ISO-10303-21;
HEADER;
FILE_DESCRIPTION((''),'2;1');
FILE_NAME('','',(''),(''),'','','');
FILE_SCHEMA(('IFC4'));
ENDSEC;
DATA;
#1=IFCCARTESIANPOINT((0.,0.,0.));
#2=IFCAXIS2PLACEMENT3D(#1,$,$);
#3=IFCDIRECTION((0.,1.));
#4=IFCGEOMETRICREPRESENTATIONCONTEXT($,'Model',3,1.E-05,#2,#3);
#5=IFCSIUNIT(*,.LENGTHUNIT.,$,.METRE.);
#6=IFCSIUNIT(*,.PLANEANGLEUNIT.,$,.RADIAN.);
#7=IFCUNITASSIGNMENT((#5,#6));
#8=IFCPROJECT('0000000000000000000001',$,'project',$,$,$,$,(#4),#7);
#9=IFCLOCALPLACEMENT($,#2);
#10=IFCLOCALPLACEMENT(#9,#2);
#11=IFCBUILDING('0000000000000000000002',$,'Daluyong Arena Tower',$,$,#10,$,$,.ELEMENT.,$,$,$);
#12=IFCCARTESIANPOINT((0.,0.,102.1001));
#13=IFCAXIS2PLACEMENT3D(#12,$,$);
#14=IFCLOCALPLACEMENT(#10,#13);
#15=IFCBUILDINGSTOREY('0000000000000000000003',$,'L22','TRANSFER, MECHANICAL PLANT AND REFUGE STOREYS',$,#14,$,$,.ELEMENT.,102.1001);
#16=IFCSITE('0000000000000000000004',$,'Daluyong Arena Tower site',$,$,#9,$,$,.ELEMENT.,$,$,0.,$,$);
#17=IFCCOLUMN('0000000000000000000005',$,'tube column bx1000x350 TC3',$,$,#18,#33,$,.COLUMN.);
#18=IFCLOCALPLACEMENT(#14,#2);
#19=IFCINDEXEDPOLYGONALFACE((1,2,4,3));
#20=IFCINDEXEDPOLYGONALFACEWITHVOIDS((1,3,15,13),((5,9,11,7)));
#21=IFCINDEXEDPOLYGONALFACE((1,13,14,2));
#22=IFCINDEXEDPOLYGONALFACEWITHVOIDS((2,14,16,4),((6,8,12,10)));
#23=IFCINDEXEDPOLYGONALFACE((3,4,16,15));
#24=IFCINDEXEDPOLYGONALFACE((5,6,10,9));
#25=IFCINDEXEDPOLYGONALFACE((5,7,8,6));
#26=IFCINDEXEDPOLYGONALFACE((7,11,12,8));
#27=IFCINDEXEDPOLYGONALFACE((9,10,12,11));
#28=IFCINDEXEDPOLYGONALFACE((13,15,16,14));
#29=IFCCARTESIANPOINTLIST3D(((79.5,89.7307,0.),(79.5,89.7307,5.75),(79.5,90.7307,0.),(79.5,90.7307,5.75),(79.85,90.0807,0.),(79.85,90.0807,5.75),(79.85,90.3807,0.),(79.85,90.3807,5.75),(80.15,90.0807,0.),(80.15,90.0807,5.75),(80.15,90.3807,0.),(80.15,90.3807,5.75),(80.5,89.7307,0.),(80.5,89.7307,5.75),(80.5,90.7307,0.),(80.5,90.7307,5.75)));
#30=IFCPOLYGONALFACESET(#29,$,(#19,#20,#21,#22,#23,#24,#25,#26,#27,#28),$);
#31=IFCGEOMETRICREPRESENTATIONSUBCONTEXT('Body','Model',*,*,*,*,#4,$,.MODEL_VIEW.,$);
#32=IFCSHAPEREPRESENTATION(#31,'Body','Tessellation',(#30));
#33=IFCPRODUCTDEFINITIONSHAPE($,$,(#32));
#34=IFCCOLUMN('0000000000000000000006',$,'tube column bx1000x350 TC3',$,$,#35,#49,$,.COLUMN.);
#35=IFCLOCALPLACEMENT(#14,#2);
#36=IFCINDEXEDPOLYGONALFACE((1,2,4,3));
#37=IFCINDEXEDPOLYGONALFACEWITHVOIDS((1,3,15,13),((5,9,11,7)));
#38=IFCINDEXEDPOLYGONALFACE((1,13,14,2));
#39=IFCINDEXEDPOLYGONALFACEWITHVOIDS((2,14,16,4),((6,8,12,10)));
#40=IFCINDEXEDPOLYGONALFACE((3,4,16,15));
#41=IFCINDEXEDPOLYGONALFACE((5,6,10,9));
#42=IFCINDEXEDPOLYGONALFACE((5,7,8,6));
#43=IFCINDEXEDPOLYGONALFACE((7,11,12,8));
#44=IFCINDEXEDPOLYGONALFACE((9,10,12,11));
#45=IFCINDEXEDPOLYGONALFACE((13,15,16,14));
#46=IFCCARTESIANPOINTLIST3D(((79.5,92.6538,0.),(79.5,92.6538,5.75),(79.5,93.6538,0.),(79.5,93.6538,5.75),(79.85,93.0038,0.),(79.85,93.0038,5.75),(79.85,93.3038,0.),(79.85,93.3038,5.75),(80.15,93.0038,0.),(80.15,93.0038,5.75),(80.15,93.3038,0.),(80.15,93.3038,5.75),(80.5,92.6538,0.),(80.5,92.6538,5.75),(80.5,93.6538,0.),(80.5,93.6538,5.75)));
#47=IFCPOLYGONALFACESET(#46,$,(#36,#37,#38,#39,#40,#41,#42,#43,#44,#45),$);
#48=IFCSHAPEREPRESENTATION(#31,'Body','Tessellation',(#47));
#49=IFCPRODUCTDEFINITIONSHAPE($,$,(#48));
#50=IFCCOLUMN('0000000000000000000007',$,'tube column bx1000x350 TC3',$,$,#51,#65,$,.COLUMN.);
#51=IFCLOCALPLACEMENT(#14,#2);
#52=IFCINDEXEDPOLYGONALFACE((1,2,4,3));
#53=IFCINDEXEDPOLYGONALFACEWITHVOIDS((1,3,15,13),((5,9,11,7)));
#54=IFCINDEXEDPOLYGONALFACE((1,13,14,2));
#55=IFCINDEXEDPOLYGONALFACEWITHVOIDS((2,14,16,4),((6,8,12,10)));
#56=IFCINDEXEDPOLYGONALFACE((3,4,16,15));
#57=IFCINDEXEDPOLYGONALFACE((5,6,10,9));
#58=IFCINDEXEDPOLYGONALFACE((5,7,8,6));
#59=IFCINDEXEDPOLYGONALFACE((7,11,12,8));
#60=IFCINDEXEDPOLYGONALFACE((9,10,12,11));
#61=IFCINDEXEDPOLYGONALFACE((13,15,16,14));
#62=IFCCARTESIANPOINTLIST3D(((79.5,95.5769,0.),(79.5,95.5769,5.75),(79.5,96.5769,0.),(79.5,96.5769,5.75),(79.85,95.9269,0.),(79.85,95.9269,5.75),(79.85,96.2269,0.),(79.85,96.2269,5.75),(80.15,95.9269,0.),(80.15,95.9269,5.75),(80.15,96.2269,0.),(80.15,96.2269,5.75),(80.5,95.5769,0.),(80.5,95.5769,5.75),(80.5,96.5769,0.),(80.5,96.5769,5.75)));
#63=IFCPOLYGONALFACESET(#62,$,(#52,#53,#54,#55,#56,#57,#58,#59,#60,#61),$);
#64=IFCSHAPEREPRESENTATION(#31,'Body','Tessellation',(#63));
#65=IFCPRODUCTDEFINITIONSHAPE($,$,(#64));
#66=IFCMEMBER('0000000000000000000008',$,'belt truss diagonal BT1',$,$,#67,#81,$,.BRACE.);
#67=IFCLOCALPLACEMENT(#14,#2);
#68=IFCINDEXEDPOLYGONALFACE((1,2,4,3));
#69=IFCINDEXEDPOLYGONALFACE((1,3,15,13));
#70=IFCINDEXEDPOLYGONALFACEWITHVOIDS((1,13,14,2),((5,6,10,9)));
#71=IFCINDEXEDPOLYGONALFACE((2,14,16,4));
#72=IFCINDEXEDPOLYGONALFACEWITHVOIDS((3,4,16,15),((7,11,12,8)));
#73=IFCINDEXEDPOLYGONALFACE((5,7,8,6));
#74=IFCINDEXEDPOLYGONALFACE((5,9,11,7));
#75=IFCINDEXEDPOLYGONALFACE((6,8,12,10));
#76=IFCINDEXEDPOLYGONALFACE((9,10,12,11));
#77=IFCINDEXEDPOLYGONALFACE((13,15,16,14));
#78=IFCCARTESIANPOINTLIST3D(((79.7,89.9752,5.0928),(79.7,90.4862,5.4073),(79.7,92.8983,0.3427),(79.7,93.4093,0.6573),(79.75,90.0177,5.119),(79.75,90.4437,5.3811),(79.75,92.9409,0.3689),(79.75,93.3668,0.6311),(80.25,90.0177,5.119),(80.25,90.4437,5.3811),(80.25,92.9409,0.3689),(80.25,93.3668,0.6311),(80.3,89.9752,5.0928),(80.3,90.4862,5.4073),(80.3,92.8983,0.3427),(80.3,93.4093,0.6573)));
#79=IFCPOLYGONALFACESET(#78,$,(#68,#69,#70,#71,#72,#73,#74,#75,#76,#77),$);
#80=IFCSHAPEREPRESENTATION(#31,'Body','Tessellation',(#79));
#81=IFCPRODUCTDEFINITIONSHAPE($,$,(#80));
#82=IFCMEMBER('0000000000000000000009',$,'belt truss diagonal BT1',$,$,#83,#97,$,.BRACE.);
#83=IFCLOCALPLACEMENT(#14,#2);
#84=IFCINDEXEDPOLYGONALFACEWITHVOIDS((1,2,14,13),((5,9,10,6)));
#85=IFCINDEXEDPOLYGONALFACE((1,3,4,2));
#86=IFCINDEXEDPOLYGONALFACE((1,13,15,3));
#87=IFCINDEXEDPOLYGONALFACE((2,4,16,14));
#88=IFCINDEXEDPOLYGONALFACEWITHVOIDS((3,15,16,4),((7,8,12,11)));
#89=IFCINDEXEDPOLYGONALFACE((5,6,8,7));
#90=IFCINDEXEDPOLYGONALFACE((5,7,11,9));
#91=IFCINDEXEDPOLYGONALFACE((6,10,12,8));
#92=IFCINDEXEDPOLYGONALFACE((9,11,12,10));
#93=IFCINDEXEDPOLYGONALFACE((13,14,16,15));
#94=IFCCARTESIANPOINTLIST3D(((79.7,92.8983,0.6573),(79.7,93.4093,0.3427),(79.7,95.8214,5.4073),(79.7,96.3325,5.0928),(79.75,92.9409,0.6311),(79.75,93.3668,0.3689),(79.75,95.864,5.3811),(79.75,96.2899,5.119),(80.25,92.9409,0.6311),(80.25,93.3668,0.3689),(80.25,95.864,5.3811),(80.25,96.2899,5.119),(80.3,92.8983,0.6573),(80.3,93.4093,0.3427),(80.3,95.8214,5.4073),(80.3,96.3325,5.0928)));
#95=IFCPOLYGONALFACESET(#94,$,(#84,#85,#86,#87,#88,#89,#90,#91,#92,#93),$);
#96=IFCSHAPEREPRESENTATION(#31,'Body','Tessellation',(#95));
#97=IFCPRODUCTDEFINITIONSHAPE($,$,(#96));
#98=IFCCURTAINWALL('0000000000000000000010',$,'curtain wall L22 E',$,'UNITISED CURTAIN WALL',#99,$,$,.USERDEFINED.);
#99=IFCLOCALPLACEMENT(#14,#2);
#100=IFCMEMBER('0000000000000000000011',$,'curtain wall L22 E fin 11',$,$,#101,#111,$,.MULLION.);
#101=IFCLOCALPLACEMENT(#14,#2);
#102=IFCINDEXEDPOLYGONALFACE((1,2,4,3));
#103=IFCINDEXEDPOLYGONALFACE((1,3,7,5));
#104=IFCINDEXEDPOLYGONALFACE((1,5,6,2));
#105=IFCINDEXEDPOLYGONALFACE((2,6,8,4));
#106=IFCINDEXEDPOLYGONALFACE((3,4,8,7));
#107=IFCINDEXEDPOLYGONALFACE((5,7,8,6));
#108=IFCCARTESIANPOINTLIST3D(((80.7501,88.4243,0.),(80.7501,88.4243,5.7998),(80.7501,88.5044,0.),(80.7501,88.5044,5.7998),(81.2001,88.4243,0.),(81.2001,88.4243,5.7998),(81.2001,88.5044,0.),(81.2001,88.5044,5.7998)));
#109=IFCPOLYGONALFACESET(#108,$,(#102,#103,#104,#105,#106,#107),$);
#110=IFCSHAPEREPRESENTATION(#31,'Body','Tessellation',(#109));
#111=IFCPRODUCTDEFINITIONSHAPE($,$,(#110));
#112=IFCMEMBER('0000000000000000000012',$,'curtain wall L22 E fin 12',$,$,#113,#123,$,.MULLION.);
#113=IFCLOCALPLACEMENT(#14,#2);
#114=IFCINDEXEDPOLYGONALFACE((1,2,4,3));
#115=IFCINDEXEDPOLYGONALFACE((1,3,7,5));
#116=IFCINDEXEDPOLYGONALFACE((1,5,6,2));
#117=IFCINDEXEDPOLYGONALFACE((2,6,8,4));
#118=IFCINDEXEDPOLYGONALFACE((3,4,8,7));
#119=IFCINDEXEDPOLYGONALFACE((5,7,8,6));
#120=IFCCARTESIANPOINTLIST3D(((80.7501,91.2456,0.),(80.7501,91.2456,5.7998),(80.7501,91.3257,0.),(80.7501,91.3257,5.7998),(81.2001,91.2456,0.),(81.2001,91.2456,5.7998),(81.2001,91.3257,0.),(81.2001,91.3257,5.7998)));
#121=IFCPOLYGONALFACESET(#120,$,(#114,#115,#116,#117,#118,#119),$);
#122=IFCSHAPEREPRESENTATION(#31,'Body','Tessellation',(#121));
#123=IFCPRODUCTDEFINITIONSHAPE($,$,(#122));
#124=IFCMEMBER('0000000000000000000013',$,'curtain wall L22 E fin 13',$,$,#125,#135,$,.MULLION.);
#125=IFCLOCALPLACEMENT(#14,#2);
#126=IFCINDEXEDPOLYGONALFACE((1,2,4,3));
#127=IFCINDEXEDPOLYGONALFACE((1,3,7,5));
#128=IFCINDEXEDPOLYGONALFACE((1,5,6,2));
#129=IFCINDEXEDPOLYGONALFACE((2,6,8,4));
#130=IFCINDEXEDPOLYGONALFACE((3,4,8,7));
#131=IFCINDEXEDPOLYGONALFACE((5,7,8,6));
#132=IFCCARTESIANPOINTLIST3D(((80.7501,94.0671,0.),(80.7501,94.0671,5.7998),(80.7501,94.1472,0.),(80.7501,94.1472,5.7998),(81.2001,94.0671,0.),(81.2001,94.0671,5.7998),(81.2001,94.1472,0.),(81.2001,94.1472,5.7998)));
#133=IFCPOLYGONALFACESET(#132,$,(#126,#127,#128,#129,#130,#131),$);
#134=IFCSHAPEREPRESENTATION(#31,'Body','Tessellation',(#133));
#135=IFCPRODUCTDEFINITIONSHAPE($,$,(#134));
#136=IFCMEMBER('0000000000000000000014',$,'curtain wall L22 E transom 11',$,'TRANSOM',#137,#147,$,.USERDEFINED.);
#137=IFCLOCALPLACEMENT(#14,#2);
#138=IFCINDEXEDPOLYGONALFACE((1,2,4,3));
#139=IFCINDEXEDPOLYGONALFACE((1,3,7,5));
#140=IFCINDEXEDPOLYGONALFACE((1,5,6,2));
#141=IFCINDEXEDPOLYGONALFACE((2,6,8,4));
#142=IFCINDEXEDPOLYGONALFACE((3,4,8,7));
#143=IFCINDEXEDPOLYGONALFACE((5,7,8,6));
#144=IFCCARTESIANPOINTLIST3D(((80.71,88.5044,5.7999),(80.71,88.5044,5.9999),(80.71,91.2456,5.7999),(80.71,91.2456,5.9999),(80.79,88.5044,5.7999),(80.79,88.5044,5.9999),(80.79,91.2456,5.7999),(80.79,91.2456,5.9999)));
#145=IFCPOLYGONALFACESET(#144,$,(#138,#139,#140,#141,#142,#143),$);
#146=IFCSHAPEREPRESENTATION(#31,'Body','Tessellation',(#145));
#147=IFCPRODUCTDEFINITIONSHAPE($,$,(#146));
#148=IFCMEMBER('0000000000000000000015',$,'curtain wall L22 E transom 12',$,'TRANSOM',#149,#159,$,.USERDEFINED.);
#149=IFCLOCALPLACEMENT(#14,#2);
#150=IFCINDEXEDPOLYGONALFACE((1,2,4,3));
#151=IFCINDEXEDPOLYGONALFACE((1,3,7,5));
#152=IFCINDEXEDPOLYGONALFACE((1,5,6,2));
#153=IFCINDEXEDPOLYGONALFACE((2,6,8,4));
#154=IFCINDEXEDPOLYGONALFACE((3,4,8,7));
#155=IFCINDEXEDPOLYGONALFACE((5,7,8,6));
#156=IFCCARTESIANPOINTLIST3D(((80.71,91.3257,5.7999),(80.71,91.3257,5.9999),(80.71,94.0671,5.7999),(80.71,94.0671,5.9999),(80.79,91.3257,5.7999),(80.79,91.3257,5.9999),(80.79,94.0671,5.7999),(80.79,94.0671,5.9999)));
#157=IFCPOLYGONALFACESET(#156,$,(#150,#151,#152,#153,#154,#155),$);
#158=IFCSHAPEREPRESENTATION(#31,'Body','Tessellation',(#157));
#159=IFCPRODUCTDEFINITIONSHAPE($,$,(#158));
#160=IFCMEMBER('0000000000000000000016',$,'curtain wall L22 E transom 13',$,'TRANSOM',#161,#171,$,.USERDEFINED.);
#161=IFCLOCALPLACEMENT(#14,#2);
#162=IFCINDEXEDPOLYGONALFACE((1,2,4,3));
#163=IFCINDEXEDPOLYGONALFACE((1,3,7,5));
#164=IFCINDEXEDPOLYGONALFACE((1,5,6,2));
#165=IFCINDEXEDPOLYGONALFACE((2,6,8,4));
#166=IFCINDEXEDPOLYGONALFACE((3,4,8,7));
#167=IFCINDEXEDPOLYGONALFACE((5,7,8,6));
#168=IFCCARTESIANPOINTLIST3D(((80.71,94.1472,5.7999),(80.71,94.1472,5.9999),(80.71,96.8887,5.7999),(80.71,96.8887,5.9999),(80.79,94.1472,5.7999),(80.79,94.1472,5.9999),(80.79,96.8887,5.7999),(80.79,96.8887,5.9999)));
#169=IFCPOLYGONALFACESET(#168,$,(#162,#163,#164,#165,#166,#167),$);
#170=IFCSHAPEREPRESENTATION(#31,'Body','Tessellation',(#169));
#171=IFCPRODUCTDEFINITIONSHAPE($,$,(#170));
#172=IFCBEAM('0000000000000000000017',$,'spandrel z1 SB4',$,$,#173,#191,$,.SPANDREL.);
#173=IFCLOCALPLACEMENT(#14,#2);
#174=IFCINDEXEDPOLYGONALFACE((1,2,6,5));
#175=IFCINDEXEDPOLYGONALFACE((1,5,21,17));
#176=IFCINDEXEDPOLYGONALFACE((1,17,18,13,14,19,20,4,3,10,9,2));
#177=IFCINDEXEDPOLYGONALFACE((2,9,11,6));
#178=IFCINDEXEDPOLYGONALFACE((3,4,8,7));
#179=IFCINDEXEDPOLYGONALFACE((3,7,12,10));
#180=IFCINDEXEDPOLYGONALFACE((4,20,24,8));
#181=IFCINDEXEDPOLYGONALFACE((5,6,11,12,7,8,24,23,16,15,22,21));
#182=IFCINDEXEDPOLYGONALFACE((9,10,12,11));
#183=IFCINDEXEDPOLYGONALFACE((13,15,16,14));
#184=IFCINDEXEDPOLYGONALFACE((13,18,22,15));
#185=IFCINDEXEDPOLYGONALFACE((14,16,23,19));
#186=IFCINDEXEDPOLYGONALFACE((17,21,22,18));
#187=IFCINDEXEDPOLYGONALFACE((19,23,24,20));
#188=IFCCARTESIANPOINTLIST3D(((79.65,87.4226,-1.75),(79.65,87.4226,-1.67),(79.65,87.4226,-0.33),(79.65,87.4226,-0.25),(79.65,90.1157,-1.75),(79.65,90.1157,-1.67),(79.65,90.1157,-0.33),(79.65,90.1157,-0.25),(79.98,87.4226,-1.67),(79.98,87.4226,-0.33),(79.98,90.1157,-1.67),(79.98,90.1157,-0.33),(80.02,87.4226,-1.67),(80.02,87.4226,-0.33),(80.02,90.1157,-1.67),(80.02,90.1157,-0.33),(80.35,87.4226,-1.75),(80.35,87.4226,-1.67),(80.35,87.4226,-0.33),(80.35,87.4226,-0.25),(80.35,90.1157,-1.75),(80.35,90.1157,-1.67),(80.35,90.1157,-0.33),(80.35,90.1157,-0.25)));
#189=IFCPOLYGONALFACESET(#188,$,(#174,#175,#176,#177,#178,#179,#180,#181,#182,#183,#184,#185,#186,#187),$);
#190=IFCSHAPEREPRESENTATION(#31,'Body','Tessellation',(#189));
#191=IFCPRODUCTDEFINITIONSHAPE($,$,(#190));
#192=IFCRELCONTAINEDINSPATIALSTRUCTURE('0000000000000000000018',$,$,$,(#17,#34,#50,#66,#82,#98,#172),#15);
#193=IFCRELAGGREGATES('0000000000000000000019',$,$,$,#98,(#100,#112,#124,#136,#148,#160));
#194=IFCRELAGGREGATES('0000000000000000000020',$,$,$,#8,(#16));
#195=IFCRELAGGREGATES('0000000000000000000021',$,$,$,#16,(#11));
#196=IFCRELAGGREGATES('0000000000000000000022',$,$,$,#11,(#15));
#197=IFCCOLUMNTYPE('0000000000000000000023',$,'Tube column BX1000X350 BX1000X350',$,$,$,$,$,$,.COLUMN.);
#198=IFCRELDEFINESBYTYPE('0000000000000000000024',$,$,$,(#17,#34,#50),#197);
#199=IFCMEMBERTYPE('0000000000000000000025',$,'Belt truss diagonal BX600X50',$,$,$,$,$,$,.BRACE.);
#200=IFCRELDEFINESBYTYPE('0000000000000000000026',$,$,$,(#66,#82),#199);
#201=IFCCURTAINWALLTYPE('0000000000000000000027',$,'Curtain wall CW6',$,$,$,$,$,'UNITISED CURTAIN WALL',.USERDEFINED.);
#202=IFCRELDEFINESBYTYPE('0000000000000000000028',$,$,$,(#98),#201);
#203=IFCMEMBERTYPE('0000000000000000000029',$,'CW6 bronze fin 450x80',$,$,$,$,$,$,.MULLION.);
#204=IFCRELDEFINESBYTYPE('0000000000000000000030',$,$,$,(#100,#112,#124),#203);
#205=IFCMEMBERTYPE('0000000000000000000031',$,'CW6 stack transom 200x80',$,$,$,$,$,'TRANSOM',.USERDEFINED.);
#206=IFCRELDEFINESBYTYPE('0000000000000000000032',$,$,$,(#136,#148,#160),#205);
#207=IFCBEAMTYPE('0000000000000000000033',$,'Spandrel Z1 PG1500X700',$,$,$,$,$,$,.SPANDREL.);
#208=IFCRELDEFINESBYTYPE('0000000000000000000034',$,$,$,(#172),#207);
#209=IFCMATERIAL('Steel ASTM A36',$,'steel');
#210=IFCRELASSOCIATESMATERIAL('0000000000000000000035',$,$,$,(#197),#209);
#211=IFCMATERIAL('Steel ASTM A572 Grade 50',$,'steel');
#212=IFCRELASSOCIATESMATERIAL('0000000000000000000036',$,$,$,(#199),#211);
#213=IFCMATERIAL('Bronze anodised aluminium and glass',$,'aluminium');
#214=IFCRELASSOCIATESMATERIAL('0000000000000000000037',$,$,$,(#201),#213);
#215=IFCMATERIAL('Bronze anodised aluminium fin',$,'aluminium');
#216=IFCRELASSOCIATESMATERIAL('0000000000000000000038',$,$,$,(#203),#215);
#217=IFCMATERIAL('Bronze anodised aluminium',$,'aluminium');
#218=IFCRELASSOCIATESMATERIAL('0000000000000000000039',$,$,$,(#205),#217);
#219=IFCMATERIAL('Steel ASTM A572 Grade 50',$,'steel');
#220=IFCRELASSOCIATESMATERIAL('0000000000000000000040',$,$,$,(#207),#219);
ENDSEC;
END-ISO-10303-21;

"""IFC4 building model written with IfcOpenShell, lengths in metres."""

from ifc_helpers import new_model, si_unit, direction, frame, origin, origin_2d, place, context, subcontext, project, spatial, rectangle, hollow_rectangle, i_section, extrude, material, material_profile, profile_set, type_object, element, aggregate, save


model = new_model("IFC4")

# Units and contexts
model_context = context("Model", 3, precision=1e-05, world=origin(), true_north=direction((0.0, 1.0)))
body_context = subcontext(model_context, "Body", "Model", "MODEL_VIEW")
ifc_project = project(units=[si_unit("LENGTHUNIT", "METRE"), si_unit("PLANEANGLEUNIT", "RADIAN")], contexts=[model_context])

# Site, building, storey
site_placement = place(None, origin())
site = spatial("IfcSite", under=ifc_project, at=site_placement, Name="Daluyong Arena Tower site", CompositionType="ELEMENT", RefElevation=0.0)
building_placement = place(site_placement, origin())
building = spatial("IfcBuilding", under=site, at=building_placement, Name="Daluyong Arena Tower", CompositionType="ELEMENT")
storey_placement = place(building_placement, frame((0.0, 0.0, 102.1001)))
storey = spatial("IfcBuildingStorey", under=building, at=storey_placement, Name="L22", Description="TRANSFER, MECHANICAL PLANT AND REFUGE STOREYS", CompositionType="ELEMENT", Elevation=102.1001)

# Columns
ifc_material_1 = material(Name="Steel ASTM A36", Category="steel")
ifc_material_profile_1 = material_profile(ifc_material_1, hollow_rectangle(XDim=1.0, YDim=1.0, WallThickness=0.35, at=origin_2d()))
ifc_profile_set_1 = profile_set([ifc_material_profile_1], Name="Steel ASTM A36")
column_type = type_object("IfcColumnType", Name="Tube column BX1000X350 BX1000X350", PredefinedType="COLUMN", material=ifc_profile_set_1)
for number, where, z_axis, x_axis, name in (
    (1, (80.0, 90.2307, 0.0), (0.0, 0.0, 1.0), (0.0, 1.0, 0.0), "tube column bx1000x350 TC3"),
    (2, (80.0, 93.1538, 0.0), (0.0, 0.0, 1.0), (0.0, 1.0, 0.0), "tube column bx1000x350 TC3"),
    (3, (80.0, 96.0769, 0.0), (0.0, 0.0, 1.0), (0.0, 1.0, 0.0), "tube column bx1000x350 TC3"),
):
    element("IfcColumn", number, at=place(storey_placement, frame(where, z_axis=z_axis, x_axis=x_axis)), inside=storey, type_object=column_type, Name=name, PredefinedType="COLUMN", context=body_context, shape_type="SweptSolid", body=[
        extrude(hollow_rectangle(XDim=1.0, YDim=1.0, WallThickness=0.35, at=origin_2d()), origin(), (0.0, 0.0, 1.0), 5.75),
    ])

# Members
ifc_material_2 = material(Name="Steel ASTM A572 Grade 50", Category="steel")
ifc_material_profile_2 = material_profile(ifc_material_2, hollow_rectangle(XDim=0.6001, YDim=0.6001, WallThickness=0.05, at=origin_2d()))
ifc_profile_set_2 = profile_set([ifc_material_profile_2], Name="Steel ASTM A572 Grade 50")
member_type_1 = type_object("IfcMemberType", Name="Belt truss diagonal BX600X50", PredefinedType="BRACE", material=ifc_profile_set_2)
for number, where, z_axis, x_axis, name in (
    (4, (80.0, 93.1538, 0.5), (0.0, -0.5241, 0.851657), (1.0, 0.0, 0.0), "belt truss diagonal BT1"),
    (5, (80.0, 93.1538, 0.5), (0.0, 0.5241, 0.851657), (-1.0, 0.0, 0.0), "belt truss diagonal BT1"),
):
    element("IfcMember", number, at=place(storey_placement, frame(where, z_axis=z_axis, x_axis=x_axis)), inside=storey, type_object=member_type_1, Name=name, PredefinedType="BRACE", context=body_context, shape_type="SweptSolid", body=[
        extrude(hollow_rectangle(XDim=0.6001, YDim=0.6001, WallThickness=0.05, at=origin_2d()), origin(), (0.0, 0.0, 1.0), 5.5774),
    ])

# Curtain wall, members
ifc_material_3 = material(Name="Bronze anodised aluminium and glass", Category="aluminium")
curtain_wall_type = type_object("IfcCurtainWallType", Name="Curtain wall CW6", ElementType="UNITISED CURTAIN WALL", PredefinedType="USERDEFINED", material=ifc_material_3)
curtain_wall_placement = place(storey_placement, origin())
curtain_wall = element("IfcCurtainWall", 6, at=curtain_wall_placement, inside=storey, type_object=curtain_wall_type, Name="curtain wall L22 E", ObjectType="UNITISED CURTAIN WALL", PredefinedType="USERDEFINED")
ifc_material_4 = material(Name="Bronze anodised aluminium fin", Category="aluminium")
ifc_material_profile_3 = material_profile(ifc_material_4, rectangle(XDim=0.45, YDim=0.0801, at=origin_2d()))
ifc_profile_set_3 = profile_set([ifc_material_profile_3], Name="Bronze anodised aluminium fin")
member_type_2 = type_object("IfcMemberType", Name="CW6 bronze fin 450x80", PredefinedType="MULLION", material=ifc_profile_set_3)
member_1_placement = place(storey_placement, frame((80.9751, 88.4644, 0.0), z_axis=(0.0, 0.0, 1.0), x_axis=(-1.0, 0.0, 0.0)))
member_1 = element("IfcMember", 7, at=member_1_placement, type_object=member_type_2, Name="curtain wall L22 E fin 11", PredefinedType="MULLION", context=body_context, shape_type="SweptSolid", body=[
    extrude(rectangle(XDim=0.45, YDim=0.0801, at=origin_2d()), origin(), (0.0, 0.0, 1.0), 5.7998),
])
member_2_placement = place(storey_placement, frame((80.9751, 91.2856, 0.0), z_axis=(0.0, 0.0, 1.0), x_axis=(-1.0, 0.0, 0.0)))
member_2 = element("IfcMember", 8, at=member_2_placement, type_object=member_type_2, Name="curtain wall L22 E fin 12", PredefinedType="MULLION", context=body_context, shape_type="SweptSolid", body=[
    extrude(rectangle(XDim=0.45, YDim=0.0801, at=origin_2d()), origin(), (0.0, 0.0, 1.0), 5.7998),
])
member_3_placement = place(storey_placement, frame((80.9751, 94.1072, 0.0), z_axis=(0.0, 0.0, 1.0), x_axis=(-1.0, 0.0, 0.0)))
member_3 = element("IfcMember", 9, at=member_3_placement, type_object=member_type_2, Name="curtain wall L22 E fin 13", PredefinedType="MULLION", context=body_context, shape_type="SweptSolid", body=[
    extrude(rectangle(XDim=0.45, YDim=0.0801, at=origin_2d()), origin(), (0.0, 0.0, 1.0), 5.7998),
])
ifc_material_5 = material(Name="Bronze anodised aluminium", Category="aluminium")
ifc_material_profile_4 = material_profile(ifc_material_5, rectangle(XDim=0.0801, YDim=0.2, at=origin_2d()))
ifc_profile_set_4 = profile_set([ifc_material_profile_4], Name="Bronze anodised aluminium")
member_type_3 = type_object("IfcMemberType", Name="CW6 stack transom 200x80", ElementType="TRANSOM", PredefinedType="USERDEFINED", material=ifc_profile_set_4)
member_4_placement = place(storey_placement, frame((80.75, 88.5044, 5.8999), z_axis=(0.0, 1.0, 0.0), x_axis=(-1.0, 0.0, 0.0)))
member_4 = element("IfcMember", 10, at=member_4_placement, type_object=member_type_3, Name="curtain wall L22 E transom 11", ObjectType="TRANSOM", PredefinedType="USERDEFINED", context=body_context, shape_type="SweptSolid", body=[
    extrude(rectangle(XDim=0.0801, YDim=0.2, at=origin_2d()), origin(), (0.0, 0.0, 1.0), 2.7412),
])
member_5_placement = place(storey_placement, frame((80.75, 91.3257, 5.8999), z_axis=(0.0, 1.0, 0.0), x_axis=(-1.0, 0.0, 0.0)))
member_5 = element("IfcMember", 11, at=member_5_placement, type_object=member_type_3, Name="curtain wall L22 E transom 12", ObjectType="TRANSOM", PredefinedType="USERDEFINED", context=body_context, shape_type="SweptSolid", body=[
    extrude(rectangle(XDim=0.0801, YDim=0.2, at=origin_2d()), origin(), (0.0, 0.0, 1.0), 2.7415),
])
member_6_placement = place(storey_placement, frame((80.75, 94.1472, 5.8999), z_axis=(0.0, 1.0, 0.0), x_axis=(-1.0, 0.0, 0.0)))
member_6 = element("IfcMember", 12, at=member_6_placement, type_object=member_type_3, Name="curtain wall L22 E transom 13", ObjectType="TRANSOM", PredefinedType="USERDEFINED", context=body_context, shape_type="SweptSolid", body=[
    extrude(rectangle(XDim=0.0801, YDim=0.2, at=origin_2d()), origin(), (0.0, 0.0, 1.0), 2.7415),
])

# Beam
ifc_material_6 = material(Name="Steel ASTM A572 Grade 50", Category="steel")
ifc_material_profile_5 = material_profile(ifc_material_6, i_section(OverallWidth=0.7, OverallDepth=1.5, WebThickness=0.04, FlangeThickness=0.08, at=origin_2d()))
ifc_profile_set_5 = profile_set([ifc_material_profile_5], Name="Steel ASTM A572 Grade 50")
beam_type = type_object("IfcBeamType", Name="Spandrel Z1 PG1500X700", PredefinedType="SPANDREL", material=ifc_profile_set_5)
for number, where, z_axis, x_axis, name in (
    (13, (80.0, 87.4226, -1.0), (0.0, 1.0, 0.0), (-1.0, 0.0, 0.0), "spandrel z1 SB4"),
):
    element("IfcBeam", number, at=place(storey_placement, frame(where, z_axis=z_axis, x_axis=x_axis)), inside=storey, type_object=beam_type, Name=name, PredefinedType="SPANDREL", context=body_context, shape_type="SweptSolid", body=[
        extrude(i_section(OverallWidth=0.7, OverallDepth=1.5, WebThickness=0.04, FlangeThickness=0.08, at=origin_2d()), origin(), (0.0, 0.0, 1.0), 2.6931),
    ])

aggregate(curtain_wall, [member_1, member_2, member_3, member_4, member_5, member_6])

save(model, "model.ifc")
